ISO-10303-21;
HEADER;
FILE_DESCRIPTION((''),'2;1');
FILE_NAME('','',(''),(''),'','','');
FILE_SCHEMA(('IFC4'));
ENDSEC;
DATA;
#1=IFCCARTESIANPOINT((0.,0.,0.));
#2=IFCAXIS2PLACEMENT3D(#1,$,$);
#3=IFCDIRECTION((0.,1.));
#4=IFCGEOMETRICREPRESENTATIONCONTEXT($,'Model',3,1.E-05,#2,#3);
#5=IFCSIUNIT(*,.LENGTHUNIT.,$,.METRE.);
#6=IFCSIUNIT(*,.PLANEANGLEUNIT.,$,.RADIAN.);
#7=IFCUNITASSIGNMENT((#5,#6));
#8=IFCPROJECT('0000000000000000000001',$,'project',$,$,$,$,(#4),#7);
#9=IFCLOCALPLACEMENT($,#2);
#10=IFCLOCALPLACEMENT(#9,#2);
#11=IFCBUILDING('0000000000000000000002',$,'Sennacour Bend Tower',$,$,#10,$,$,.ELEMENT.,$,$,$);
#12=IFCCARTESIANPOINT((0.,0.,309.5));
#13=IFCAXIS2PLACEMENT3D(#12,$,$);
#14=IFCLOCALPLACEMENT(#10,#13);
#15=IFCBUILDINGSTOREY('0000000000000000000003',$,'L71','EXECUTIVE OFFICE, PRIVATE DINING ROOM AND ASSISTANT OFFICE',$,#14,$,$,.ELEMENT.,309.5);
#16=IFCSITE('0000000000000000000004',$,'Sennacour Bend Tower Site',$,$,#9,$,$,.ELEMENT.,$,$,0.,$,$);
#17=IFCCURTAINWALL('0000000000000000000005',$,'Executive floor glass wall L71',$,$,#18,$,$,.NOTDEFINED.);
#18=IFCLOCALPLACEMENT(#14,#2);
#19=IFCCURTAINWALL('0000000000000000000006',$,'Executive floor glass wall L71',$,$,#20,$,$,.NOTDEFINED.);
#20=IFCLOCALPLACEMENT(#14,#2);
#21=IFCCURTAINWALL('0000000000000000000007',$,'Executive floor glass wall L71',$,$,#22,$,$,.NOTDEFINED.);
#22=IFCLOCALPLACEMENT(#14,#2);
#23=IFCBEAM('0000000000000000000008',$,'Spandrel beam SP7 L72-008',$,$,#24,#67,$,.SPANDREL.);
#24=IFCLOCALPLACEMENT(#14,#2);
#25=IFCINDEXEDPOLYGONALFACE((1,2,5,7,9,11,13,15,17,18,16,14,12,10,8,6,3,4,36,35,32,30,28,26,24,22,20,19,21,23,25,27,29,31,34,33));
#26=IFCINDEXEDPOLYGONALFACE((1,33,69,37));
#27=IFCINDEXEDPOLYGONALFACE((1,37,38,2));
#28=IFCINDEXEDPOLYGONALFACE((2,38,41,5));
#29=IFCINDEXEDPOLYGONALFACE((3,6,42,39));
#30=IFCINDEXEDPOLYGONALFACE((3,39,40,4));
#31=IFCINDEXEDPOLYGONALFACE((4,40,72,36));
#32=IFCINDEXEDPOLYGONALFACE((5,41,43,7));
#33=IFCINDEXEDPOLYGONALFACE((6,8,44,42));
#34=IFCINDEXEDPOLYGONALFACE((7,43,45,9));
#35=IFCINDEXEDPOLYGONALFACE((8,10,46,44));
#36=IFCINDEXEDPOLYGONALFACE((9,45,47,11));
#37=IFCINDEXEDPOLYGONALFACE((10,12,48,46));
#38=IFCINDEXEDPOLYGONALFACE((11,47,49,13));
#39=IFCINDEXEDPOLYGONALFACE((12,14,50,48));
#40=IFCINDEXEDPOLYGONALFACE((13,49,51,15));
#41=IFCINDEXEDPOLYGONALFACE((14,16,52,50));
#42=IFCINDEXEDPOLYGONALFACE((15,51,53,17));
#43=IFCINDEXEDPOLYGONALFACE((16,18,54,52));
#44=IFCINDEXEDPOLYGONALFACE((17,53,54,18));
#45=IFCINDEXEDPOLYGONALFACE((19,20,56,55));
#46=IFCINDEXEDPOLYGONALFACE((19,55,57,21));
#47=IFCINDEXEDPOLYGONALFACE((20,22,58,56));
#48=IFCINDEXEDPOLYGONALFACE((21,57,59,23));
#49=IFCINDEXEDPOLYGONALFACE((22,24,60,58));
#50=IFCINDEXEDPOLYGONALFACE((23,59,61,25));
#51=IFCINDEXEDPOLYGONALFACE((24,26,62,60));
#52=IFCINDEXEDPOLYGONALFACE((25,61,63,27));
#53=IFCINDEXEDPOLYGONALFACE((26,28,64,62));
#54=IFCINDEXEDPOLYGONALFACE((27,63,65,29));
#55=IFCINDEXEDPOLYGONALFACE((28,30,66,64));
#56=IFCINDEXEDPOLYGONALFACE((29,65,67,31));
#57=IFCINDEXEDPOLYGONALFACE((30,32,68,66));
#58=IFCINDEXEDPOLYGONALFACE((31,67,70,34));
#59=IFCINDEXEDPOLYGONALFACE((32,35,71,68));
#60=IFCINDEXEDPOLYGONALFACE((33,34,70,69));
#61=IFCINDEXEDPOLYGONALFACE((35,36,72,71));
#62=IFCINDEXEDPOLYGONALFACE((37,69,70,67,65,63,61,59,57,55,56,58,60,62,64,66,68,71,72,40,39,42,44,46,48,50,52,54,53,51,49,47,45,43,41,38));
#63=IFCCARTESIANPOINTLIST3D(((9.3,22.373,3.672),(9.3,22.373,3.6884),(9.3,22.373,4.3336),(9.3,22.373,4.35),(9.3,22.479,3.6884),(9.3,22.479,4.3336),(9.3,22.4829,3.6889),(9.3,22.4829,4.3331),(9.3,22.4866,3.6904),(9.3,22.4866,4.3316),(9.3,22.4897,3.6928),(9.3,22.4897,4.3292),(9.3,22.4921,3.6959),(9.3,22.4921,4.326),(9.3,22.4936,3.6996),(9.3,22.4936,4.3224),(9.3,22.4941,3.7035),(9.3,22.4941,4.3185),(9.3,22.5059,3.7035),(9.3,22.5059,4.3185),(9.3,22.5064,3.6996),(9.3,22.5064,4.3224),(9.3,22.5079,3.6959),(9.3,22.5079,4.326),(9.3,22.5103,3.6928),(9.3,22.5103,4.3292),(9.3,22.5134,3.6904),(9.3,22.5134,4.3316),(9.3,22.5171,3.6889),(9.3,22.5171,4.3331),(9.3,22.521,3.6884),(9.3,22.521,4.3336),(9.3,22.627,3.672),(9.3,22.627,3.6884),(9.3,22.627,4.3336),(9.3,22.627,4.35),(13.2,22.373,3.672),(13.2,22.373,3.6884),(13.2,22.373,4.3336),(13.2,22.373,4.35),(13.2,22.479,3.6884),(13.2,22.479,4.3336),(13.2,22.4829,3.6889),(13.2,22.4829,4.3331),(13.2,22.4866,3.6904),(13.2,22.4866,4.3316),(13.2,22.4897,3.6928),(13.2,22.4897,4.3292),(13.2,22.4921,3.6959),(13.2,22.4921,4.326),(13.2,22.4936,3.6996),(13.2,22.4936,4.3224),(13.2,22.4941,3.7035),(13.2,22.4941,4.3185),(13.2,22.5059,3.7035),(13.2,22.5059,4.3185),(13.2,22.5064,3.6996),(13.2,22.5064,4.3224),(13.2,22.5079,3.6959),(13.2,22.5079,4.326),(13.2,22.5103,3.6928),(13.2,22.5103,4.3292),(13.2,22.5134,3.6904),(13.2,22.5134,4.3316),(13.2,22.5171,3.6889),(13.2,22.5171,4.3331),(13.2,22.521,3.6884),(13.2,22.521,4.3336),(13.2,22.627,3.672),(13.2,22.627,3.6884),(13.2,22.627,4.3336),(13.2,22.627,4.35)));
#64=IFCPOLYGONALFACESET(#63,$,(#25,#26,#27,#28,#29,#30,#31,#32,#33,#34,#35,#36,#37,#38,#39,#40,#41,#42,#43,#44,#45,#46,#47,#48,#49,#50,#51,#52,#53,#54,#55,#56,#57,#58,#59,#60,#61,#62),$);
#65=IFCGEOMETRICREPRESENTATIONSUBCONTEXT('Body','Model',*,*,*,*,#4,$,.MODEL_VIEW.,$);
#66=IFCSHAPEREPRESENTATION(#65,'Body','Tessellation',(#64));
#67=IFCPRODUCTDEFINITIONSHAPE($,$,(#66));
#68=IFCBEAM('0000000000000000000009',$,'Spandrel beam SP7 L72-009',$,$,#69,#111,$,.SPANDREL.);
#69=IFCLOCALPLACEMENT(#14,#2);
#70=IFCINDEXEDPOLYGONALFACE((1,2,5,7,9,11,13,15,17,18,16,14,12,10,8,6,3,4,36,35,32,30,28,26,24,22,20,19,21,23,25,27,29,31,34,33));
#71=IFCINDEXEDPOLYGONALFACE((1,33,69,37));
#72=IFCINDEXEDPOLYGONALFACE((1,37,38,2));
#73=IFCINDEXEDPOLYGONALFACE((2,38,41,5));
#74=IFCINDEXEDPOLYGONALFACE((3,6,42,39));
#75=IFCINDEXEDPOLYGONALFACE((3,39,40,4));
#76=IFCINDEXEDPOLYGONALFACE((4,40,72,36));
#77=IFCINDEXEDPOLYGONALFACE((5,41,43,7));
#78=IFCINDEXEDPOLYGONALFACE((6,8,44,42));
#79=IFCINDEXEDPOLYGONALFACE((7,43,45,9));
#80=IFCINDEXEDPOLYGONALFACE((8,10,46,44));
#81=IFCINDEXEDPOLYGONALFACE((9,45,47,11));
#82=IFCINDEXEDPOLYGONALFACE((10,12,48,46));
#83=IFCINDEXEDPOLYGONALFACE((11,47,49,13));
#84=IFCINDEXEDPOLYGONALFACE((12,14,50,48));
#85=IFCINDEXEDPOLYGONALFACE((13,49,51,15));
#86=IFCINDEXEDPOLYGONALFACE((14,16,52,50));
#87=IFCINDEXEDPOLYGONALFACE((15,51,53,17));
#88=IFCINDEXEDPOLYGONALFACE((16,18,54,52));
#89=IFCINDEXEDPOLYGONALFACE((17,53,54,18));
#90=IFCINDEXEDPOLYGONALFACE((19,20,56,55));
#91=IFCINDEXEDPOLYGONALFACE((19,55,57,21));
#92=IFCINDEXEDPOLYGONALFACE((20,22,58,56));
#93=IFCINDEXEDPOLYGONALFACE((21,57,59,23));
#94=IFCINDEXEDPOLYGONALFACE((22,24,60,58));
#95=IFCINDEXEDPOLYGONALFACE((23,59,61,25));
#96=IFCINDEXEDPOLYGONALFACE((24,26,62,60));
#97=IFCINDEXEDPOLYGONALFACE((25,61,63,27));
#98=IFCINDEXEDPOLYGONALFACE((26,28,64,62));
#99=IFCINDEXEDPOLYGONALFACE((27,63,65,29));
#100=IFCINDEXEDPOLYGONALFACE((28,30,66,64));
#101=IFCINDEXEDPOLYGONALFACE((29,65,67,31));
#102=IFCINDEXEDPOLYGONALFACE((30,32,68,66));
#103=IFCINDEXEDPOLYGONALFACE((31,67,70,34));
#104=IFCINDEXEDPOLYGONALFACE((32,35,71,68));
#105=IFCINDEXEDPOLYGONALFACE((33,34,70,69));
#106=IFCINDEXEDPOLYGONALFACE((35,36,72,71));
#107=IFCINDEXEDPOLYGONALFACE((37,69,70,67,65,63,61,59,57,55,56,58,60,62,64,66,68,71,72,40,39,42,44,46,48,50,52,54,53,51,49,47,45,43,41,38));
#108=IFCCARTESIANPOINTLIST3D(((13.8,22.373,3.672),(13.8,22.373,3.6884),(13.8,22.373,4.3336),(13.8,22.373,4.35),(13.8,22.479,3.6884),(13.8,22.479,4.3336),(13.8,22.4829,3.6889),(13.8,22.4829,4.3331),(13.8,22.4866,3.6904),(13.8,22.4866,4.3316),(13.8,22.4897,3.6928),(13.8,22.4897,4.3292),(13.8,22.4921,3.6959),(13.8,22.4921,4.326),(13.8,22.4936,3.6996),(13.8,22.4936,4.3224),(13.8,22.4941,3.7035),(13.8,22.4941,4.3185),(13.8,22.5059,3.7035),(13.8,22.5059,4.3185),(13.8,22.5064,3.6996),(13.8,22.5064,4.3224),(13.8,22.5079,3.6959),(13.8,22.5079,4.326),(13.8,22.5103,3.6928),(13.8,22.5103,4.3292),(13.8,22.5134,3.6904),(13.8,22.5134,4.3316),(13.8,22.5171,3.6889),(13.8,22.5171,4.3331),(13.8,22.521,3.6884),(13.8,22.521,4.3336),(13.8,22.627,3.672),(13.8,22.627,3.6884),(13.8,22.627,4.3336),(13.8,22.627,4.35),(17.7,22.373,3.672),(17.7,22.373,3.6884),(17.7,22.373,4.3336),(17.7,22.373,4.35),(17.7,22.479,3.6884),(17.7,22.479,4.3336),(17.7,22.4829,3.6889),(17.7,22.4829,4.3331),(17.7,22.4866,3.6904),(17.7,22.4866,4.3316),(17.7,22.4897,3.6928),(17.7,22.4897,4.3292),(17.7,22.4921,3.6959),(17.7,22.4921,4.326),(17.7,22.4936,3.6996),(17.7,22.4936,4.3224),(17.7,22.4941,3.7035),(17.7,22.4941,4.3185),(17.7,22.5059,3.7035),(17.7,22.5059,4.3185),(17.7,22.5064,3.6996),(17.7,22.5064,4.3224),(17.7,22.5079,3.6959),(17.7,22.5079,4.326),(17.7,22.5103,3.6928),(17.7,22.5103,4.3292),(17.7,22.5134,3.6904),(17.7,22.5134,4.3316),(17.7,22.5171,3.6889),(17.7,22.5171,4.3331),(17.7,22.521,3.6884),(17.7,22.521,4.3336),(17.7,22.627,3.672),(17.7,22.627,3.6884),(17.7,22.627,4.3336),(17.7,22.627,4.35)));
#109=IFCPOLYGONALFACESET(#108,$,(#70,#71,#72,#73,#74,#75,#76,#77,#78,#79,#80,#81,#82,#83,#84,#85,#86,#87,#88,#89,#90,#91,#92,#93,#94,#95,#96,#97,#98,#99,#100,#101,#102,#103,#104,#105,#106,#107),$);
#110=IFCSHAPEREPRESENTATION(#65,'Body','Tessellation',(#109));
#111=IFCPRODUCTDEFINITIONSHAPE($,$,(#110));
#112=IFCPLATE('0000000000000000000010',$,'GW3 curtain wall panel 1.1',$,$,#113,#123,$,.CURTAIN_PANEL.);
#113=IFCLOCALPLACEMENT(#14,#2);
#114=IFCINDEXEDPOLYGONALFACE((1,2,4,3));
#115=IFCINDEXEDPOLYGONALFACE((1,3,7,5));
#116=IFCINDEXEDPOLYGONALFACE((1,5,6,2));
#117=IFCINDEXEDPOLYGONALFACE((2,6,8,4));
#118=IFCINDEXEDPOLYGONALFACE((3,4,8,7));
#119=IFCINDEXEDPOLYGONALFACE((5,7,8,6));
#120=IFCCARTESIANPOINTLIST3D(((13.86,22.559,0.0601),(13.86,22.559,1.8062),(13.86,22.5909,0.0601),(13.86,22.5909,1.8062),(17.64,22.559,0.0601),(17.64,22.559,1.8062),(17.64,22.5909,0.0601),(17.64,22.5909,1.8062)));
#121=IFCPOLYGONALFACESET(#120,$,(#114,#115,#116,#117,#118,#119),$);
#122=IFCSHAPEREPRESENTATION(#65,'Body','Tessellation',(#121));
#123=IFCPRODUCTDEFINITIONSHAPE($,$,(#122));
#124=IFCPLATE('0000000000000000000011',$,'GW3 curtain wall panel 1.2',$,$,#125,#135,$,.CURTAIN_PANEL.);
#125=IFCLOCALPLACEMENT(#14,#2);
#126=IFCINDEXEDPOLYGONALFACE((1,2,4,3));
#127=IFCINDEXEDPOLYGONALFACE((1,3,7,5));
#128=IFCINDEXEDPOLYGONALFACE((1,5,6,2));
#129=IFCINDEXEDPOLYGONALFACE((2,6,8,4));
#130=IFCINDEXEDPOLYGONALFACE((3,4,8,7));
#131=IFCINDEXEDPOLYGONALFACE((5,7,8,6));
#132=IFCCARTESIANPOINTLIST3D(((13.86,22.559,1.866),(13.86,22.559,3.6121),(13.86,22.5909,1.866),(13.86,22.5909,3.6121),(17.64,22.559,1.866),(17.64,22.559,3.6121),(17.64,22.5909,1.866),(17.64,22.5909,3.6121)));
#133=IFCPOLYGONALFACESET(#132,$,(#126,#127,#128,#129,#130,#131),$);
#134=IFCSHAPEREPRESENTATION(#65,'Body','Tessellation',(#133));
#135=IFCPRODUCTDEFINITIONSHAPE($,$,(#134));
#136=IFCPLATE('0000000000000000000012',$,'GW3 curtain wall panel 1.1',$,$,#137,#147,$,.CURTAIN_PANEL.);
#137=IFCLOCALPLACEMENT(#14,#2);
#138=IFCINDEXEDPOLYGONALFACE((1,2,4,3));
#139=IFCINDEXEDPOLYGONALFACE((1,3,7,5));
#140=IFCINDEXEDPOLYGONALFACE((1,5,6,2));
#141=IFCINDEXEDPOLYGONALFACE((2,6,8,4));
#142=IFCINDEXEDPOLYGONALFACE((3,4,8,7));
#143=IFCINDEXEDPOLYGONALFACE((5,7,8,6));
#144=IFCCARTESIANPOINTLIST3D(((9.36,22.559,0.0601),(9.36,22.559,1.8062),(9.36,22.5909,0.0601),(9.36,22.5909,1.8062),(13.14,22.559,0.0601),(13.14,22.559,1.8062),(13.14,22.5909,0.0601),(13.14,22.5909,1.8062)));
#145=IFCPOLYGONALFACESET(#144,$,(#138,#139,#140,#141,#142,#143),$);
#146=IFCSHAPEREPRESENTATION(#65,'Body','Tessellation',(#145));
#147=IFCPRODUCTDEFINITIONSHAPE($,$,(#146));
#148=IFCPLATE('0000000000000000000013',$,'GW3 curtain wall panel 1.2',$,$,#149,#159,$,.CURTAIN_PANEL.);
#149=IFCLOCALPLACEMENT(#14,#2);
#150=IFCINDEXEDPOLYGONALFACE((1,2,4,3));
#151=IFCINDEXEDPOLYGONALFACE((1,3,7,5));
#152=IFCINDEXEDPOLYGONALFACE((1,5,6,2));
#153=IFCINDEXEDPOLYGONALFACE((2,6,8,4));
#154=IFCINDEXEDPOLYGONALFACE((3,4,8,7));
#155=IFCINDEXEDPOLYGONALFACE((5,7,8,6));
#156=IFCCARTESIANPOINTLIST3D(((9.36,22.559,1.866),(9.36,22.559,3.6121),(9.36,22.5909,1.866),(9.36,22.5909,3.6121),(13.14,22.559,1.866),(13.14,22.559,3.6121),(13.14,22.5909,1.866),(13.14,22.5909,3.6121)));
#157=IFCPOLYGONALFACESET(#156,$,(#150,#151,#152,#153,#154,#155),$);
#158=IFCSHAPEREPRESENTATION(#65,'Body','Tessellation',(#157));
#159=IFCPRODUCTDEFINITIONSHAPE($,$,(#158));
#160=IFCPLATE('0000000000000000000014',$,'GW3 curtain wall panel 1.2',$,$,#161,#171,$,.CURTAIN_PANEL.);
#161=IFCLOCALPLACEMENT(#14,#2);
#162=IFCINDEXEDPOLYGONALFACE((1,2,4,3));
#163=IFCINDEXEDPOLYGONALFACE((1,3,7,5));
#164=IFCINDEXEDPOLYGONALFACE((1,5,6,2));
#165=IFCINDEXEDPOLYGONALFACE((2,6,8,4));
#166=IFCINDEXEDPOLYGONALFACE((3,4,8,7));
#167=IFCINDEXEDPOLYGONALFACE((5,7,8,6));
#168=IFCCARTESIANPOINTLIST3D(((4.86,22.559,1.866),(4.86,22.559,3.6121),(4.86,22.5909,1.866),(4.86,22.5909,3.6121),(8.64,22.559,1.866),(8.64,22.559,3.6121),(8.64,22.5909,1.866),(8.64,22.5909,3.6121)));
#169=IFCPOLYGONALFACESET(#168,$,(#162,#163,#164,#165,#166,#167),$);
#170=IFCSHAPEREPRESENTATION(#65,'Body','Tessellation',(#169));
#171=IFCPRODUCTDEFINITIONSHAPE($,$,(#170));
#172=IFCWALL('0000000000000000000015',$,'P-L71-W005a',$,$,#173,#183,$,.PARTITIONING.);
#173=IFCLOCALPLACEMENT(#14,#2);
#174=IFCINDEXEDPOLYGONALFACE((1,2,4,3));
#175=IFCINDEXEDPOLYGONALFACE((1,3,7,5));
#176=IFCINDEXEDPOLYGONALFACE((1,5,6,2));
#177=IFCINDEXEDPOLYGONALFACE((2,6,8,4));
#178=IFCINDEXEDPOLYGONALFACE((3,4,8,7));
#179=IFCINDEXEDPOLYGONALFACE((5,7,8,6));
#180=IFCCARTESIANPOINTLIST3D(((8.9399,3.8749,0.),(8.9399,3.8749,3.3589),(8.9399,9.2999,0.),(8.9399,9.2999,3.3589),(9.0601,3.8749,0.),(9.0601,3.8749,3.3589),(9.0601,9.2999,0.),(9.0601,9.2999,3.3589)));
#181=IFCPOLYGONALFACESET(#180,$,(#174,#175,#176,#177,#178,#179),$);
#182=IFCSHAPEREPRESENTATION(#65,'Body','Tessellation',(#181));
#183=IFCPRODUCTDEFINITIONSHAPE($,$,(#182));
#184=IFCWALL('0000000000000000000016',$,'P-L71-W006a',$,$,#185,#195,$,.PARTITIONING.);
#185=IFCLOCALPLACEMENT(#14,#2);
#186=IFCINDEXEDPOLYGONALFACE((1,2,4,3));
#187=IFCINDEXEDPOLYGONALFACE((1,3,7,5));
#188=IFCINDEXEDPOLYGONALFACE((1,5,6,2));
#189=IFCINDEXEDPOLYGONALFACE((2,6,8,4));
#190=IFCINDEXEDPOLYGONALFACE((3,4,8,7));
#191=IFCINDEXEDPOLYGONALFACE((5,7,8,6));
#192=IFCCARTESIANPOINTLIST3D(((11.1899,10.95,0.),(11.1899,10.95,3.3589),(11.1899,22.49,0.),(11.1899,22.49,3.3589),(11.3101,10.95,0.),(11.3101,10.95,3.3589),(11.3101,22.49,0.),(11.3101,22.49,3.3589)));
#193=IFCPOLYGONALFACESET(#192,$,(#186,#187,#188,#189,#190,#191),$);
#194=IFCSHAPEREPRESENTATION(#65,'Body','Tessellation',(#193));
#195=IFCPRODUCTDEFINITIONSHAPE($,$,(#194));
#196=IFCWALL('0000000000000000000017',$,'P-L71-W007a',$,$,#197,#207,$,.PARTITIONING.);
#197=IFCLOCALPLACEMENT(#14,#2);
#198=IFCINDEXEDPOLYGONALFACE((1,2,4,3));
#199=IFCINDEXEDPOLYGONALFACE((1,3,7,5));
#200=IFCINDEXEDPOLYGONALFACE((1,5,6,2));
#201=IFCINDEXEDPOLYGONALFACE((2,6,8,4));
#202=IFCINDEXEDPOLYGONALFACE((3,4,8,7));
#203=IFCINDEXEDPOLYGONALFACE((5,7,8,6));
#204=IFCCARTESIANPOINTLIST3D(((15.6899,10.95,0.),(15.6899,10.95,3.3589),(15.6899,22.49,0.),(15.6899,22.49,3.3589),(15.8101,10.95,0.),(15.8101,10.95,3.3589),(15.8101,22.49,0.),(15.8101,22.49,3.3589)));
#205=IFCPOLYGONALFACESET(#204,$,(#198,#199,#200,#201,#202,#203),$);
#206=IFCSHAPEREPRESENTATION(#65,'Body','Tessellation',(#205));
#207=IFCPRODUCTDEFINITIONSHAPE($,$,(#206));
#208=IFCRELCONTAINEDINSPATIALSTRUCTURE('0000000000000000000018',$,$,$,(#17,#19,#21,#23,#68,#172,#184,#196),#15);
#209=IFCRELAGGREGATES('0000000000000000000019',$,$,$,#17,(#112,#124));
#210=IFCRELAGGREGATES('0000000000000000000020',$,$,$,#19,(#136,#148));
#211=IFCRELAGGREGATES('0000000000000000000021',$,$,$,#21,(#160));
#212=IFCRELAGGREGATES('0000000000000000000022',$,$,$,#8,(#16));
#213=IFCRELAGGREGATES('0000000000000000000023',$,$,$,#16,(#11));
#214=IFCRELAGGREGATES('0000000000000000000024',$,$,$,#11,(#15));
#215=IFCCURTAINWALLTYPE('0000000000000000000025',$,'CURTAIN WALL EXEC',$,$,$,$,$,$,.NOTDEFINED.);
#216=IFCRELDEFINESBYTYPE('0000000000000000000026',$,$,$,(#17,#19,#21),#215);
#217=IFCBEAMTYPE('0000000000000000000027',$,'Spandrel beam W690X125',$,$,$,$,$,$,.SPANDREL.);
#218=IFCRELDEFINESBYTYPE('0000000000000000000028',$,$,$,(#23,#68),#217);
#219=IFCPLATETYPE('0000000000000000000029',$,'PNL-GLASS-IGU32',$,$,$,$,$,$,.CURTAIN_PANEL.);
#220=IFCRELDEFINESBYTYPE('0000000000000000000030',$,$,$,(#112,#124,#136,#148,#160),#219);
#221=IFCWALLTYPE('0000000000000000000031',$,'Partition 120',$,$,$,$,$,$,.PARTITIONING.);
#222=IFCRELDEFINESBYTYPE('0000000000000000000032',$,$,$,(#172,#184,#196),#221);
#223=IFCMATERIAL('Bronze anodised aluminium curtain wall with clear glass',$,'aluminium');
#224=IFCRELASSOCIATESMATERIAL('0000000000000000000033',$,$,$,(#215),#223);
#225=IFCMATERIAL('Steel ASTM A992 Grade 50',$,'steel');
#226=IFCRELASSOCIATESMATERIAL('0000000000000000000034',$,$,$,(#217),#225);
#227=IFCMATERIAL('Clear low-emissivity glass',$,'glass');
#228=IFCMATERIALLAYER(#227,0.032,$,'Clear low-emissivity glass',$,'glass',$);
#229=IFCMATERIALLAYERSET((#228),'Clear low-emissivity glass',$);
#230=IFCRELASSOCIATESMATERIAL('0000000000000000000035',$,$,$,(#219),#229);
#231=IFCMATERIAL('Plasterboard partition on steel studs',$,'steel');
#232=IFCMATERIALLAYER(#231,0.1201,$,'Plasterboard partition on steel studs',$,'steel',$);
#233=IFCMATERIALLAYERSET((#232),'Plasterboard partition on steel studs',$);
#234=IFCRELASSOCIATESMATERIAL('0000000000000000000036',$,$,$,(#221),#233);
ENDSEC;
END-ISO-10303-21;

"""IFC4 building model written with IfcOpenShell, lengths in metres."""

from ifc_helpers import new_model, si_unit, direction, frame, frame_2d, origin, origin_2d, place, context, subcontext, project, spatial, rectangle, i_section, extrude, material, layer, layer_set, material_profile, profile_set, type_object, element, aggregate, save


model = new_model("IFC4")

# Units and contexts
model_context = context("Model", 3, precision=1e-05, world=origin(), true_north=direction((0.0, 1.0)))
body_context = subcontext(model_context, "Body", "Model", "MODEL_VIEW")
ifc_project = project(units=[si_unit("LENGTHUNIT", "METRE"), si_unit("PLANEANGLEUNIT", "RADIAN")], contexts=[model_context])

# Site, building, storey
site_placement = place(None, origin())
site = spatial("IfcSite", under=ifc_project, at=site_placement, Name="Sennacour Bend Tower Site", CompositionType="ELEMENT", RefElevation=0.0)
building_placement = place(site_placement, origin())
building = spatial("IfcBuilding", under=site, at=building_placement, Name="Sennacour Bend Tower", CompositionType="ELEMENT")
storey_placement = place(building_placement, frame((0.0, 0.0, 309.5)))
storey = spatial("IfcBuildingStorey", under=building, at=storey_placement, Name="L71", Description="EXECUTIVE OFFICE, PRIVATE DINING ROOM AND ASSISTANT OFFICE", CompositionType="ELEMENT", Elevation=309.5)

# Curtain wall
ifc_material_1 = material(Name="Bronze anodised aluminium curtain wall with clear glass", Category="aluminium")
curtain_wall_type = type_object("IfcCurtainWallType", Name="CURTAIN WALL EXEC", PredefinedType="NOTDEFINED", material=ifc_material_1)
curtain_wall_1_placement = place(storey_placement, origin())
curtain_wall_1 = element("IfcCurtainWall", 1, at=curtain_wall_1_placement, inside=storey, type_object=curtain_wall_type, Name="Executive floor glass wall L71", PredefinedType="NOTDEFINED")

# Curtain wall
curtain_wall_2_placement = place(storey_placement, origin())
curtain_wall_2 = element("IfcCurtainWall", 2, at=curtain_wall_2_placement, inside=storey, type_object=curtain_wall_type, Name="Executive floor glass wall L71", PredefinedType="NOTDEFINED")

# Curtain wall
curtain_wall_3_placement = place(storey_placement, origin())
curtain_wall_3 = element("IfcCurtainWall", 3, at=curtain_wall_3_placement, inside=storey, type_object=curtain_wall_type, Name="Executive floor glass wall L71", PredefinedType="NOTDEFINED")

# Beams
ifc_material_2 = material(Name="Steel ASTM A992 Grade 50", Category="steel")
ifc_material_profile_1 = material_profile(ifc_material_2, i_section(OverallWidth=0.2539, OverallDepth=0.678, WebThickness=0.0117, FlangeThickness=0.0164, FilletRadius=0.0151, at=origin_2d()), Name="Steel ASTM A992 Grade 50", Category="steel")
ifc_profile_set_1 = profile_set([ifc_material_profile_1], Name="Steel ASTM A992 Grade 50")
beam_type = type_object("IfcBeamType", Name="Spandrel beam W690X125", PredefinedType="SPANDREL", material=ifc_profile_set_1)
for number, where, z_axis, x_axis, name in (
    (4, (9.3, 22.5, 4.011), (1.0, 0.0, 0.0), (0.0, 1.0, 0.0), "Spandrel beam SP7 L72-008"),
    (5, (13.8, 22.5, 4.011), (1.0, 0.0, 0.0), (0.0, 1.0, 0.0), "Spandrel beam SP7 L72-009"),
):
    element("IfcBeam", number, at=place(storey_placement, frame(where, z_axis=z_axis, x_axis=x_axis)), inside=storey, type_object=beam_type, Name=name, PredefinedType="SPANDREL", context=body_context, shape_type="SweptSolid", body=[
        extrude(i_section(OverallWidth=0.2539, OverallDepth=0.678, WebThickness=0.0117, FlangeThickness=0.0164, FilletRadius=0.0151, at=origin_2d()), origin(), (0.0, 0.0, 1.0), 3.8999),
    ])

# Plates
ifc_material_3 = material(Name="Clear low-emissivity glass", Category="glass")
ifc_layer_1 = layer(ifc_material_3, 0.032, Name="Clear low-emissivity glass", Category="glass")
ifc_layer_set_1 = layer_set([ifc_layer_1], Name="Clear low-emissivity glass")
plate_type = type_object("IfcPlateType", Name="PNL-GLASS-IGU32", PredefinedType="CURTAIN_PANEL", material=ifc_layer_set_1)
plate_1_placement = place(storey_placement, frame((15.75, 22.575, 0.0601), z_axis=(0.0, 0.0, 1.0), x_axis=(-1.0, 0.0, 0.0)))
plate_1 = element("IfcPlate", 6, at=plate_1_placement, type_object=plate_type, Name="GW3 curtain wall panel 1.1", PredefinedType="CURTAIN_PANEL", context=body_context, shape_type="SweptSolid", body=[
    extrude(rectangle(XDim=3.78, YDim=0.032, at=origin_2d()), origin(), (0.0, 0.0, 1.0), 1.7461),
])
plate_2_placement = place(storey_placement, frame((15.75, 22.575, 1.866), z_axis=(0.0, 0.0, 1.0), x_axis=(-1.0, 0.0, 0.0)))
plate_2 = element("IfcPlate", 7, at=plate_2_placement, type_object=plate_type, Name="GW3 curtain wall panel 1.2", PredefinedType="CURTAIN_PANEL", context=body_context, shape_type="SweptSolid", body=[
    extrude(rectangle(XDim=3.78, YDim=0.032, at=origin_2d()), origin(), (0.0, 0.0, 1.0), 1.7461),
])
aggregate(curtain_wall_1, [plate_1, plate_2])
plate_3_placement = place(storey_placement, frame((11.25, 22.575, 0.0601), z_axis=(0.0, 0.0, 1.0), x_axis=(-1.0, 0.0, 0.0)))
plate_3 = element("IfcPlate", 8, at=plate_3_placement, type_object=plate_type, Name="GW3 curtain wall panel 1.1", PredefinedType="CURTAIN_PANEL", context=body_context, shape_type="SweptSolid", body=[
    extrude(rectangle(XDim=3.78, YDim=0.032, at=origin_2d()), origin(), (0.0, 0.0, 1.0), 1.7461),
])
plate_4_placement = place(storey_placement, frame((11.25, 22.575, 1.866), z_axis=(0.0, 0.0, 1.0), x_axis=(-1.0, 0.0, 0.0)))
plate_4 = element("IfcPlate", 9, at=plate_4_placement, type_object=plate_type, Name="GW3 curtain wall panel 1.2", PredefinedType="CURTAIN_PANEL", context=body_context, shape_type="SweptSolid", body=[
    extrude(rectangle(XDim=3.78, YDim=0.032, at=origin_2d()), origin(), (0.0, 0.0, 1.0), 1.7461),
])
aggregate(curtain_wall_2, [plate_3, plate_4])
plate_5_placement = place(storey_placement, frame((6.75, 22.575, 1.866), z_axis=(0.0, 0.0, 1.0), x_axis=(-1.0, 0.0, 0.0)))
plate_5 = element("IfcPlate", 10, at=plate_5_placement, type_object=plate_type, Name="GW3 curtain wall panel 1.2", PredefinedType="CURTAIN_PANEL", context=body_context, shape_type="SweptSolid", body=[
    extrude(rectangle(XDim=3.78, YDim=0.032, at=origin_2d()), origin(), (0.0, 0.0, 1.0), 1.7461),
])
aggregate(curtain_wall_3, [plate_5])

# Walls
ifc_material_4 = material(Name="Plasterboard partition on steel studs", Category="steel")
ifc_layer_2 = layer(ifc_material_4, 0.1201, Name="Plasterboard partition on steel studs", Category="steel")
ifc_layer_set_2 = layer_set([ifc_layer_2], Name="Plasterboard partition on steel studs")
wall_type = type_object("IfcWallType", Name="Partition 120", PredefinedType="PARTITIONING", material=ifc_layer_set_2)
wall_1_placement = place(storey_placement, frame((9.0, 3.875, 0.0), z_axis=(0.0, 0.0, 1.0), x_axis=(0.0, 1.0, 0.0)))
element("IfcWall", 11, at=wall_1_placement, inside=storey, type_object=wall_type, Name="P-L71-W005a", PredefinedType="PARTITIONING", context=body_context, shape_type="SweptSolid", body=[
    extrude(rectangle(XDim=5.425, YDim=0.1201, at=frame_2d((2.7124, 0.0))), origin(), (0.0, 0.0, 1.0), 3.3589),
])
for number, where, z_axis, x_axis, name in (
    (12, (11.25, 10.95, 0.0), (0.0, 0.0, 1.0), (0.0, 1.0, 0.0), "P-L71-W006a"),
    (13, (15.75, 10.95, 0.0), (0.0, 0.0, 1.0), (0.0, 1.0, 0.0), "P-L71-W007a"),
):
    element("IfcWall", number, at=place(storey_placement, frame(where, z_axis=z_axis, x_axis=x_axis)), inside=storey, type_object=wall_type, Name=name, PredefinedType="PARTITIONING", context=body_context, shape_type="SweptSolid", body=[
        extrude(rectangle(XDim=11.54, YDim=0.1201, at=frame_2d((5.77, 0.0))), origin(), (0.0, 0.0, 1.0), 3.3589),
    ])

save(model, "model.ifc")
